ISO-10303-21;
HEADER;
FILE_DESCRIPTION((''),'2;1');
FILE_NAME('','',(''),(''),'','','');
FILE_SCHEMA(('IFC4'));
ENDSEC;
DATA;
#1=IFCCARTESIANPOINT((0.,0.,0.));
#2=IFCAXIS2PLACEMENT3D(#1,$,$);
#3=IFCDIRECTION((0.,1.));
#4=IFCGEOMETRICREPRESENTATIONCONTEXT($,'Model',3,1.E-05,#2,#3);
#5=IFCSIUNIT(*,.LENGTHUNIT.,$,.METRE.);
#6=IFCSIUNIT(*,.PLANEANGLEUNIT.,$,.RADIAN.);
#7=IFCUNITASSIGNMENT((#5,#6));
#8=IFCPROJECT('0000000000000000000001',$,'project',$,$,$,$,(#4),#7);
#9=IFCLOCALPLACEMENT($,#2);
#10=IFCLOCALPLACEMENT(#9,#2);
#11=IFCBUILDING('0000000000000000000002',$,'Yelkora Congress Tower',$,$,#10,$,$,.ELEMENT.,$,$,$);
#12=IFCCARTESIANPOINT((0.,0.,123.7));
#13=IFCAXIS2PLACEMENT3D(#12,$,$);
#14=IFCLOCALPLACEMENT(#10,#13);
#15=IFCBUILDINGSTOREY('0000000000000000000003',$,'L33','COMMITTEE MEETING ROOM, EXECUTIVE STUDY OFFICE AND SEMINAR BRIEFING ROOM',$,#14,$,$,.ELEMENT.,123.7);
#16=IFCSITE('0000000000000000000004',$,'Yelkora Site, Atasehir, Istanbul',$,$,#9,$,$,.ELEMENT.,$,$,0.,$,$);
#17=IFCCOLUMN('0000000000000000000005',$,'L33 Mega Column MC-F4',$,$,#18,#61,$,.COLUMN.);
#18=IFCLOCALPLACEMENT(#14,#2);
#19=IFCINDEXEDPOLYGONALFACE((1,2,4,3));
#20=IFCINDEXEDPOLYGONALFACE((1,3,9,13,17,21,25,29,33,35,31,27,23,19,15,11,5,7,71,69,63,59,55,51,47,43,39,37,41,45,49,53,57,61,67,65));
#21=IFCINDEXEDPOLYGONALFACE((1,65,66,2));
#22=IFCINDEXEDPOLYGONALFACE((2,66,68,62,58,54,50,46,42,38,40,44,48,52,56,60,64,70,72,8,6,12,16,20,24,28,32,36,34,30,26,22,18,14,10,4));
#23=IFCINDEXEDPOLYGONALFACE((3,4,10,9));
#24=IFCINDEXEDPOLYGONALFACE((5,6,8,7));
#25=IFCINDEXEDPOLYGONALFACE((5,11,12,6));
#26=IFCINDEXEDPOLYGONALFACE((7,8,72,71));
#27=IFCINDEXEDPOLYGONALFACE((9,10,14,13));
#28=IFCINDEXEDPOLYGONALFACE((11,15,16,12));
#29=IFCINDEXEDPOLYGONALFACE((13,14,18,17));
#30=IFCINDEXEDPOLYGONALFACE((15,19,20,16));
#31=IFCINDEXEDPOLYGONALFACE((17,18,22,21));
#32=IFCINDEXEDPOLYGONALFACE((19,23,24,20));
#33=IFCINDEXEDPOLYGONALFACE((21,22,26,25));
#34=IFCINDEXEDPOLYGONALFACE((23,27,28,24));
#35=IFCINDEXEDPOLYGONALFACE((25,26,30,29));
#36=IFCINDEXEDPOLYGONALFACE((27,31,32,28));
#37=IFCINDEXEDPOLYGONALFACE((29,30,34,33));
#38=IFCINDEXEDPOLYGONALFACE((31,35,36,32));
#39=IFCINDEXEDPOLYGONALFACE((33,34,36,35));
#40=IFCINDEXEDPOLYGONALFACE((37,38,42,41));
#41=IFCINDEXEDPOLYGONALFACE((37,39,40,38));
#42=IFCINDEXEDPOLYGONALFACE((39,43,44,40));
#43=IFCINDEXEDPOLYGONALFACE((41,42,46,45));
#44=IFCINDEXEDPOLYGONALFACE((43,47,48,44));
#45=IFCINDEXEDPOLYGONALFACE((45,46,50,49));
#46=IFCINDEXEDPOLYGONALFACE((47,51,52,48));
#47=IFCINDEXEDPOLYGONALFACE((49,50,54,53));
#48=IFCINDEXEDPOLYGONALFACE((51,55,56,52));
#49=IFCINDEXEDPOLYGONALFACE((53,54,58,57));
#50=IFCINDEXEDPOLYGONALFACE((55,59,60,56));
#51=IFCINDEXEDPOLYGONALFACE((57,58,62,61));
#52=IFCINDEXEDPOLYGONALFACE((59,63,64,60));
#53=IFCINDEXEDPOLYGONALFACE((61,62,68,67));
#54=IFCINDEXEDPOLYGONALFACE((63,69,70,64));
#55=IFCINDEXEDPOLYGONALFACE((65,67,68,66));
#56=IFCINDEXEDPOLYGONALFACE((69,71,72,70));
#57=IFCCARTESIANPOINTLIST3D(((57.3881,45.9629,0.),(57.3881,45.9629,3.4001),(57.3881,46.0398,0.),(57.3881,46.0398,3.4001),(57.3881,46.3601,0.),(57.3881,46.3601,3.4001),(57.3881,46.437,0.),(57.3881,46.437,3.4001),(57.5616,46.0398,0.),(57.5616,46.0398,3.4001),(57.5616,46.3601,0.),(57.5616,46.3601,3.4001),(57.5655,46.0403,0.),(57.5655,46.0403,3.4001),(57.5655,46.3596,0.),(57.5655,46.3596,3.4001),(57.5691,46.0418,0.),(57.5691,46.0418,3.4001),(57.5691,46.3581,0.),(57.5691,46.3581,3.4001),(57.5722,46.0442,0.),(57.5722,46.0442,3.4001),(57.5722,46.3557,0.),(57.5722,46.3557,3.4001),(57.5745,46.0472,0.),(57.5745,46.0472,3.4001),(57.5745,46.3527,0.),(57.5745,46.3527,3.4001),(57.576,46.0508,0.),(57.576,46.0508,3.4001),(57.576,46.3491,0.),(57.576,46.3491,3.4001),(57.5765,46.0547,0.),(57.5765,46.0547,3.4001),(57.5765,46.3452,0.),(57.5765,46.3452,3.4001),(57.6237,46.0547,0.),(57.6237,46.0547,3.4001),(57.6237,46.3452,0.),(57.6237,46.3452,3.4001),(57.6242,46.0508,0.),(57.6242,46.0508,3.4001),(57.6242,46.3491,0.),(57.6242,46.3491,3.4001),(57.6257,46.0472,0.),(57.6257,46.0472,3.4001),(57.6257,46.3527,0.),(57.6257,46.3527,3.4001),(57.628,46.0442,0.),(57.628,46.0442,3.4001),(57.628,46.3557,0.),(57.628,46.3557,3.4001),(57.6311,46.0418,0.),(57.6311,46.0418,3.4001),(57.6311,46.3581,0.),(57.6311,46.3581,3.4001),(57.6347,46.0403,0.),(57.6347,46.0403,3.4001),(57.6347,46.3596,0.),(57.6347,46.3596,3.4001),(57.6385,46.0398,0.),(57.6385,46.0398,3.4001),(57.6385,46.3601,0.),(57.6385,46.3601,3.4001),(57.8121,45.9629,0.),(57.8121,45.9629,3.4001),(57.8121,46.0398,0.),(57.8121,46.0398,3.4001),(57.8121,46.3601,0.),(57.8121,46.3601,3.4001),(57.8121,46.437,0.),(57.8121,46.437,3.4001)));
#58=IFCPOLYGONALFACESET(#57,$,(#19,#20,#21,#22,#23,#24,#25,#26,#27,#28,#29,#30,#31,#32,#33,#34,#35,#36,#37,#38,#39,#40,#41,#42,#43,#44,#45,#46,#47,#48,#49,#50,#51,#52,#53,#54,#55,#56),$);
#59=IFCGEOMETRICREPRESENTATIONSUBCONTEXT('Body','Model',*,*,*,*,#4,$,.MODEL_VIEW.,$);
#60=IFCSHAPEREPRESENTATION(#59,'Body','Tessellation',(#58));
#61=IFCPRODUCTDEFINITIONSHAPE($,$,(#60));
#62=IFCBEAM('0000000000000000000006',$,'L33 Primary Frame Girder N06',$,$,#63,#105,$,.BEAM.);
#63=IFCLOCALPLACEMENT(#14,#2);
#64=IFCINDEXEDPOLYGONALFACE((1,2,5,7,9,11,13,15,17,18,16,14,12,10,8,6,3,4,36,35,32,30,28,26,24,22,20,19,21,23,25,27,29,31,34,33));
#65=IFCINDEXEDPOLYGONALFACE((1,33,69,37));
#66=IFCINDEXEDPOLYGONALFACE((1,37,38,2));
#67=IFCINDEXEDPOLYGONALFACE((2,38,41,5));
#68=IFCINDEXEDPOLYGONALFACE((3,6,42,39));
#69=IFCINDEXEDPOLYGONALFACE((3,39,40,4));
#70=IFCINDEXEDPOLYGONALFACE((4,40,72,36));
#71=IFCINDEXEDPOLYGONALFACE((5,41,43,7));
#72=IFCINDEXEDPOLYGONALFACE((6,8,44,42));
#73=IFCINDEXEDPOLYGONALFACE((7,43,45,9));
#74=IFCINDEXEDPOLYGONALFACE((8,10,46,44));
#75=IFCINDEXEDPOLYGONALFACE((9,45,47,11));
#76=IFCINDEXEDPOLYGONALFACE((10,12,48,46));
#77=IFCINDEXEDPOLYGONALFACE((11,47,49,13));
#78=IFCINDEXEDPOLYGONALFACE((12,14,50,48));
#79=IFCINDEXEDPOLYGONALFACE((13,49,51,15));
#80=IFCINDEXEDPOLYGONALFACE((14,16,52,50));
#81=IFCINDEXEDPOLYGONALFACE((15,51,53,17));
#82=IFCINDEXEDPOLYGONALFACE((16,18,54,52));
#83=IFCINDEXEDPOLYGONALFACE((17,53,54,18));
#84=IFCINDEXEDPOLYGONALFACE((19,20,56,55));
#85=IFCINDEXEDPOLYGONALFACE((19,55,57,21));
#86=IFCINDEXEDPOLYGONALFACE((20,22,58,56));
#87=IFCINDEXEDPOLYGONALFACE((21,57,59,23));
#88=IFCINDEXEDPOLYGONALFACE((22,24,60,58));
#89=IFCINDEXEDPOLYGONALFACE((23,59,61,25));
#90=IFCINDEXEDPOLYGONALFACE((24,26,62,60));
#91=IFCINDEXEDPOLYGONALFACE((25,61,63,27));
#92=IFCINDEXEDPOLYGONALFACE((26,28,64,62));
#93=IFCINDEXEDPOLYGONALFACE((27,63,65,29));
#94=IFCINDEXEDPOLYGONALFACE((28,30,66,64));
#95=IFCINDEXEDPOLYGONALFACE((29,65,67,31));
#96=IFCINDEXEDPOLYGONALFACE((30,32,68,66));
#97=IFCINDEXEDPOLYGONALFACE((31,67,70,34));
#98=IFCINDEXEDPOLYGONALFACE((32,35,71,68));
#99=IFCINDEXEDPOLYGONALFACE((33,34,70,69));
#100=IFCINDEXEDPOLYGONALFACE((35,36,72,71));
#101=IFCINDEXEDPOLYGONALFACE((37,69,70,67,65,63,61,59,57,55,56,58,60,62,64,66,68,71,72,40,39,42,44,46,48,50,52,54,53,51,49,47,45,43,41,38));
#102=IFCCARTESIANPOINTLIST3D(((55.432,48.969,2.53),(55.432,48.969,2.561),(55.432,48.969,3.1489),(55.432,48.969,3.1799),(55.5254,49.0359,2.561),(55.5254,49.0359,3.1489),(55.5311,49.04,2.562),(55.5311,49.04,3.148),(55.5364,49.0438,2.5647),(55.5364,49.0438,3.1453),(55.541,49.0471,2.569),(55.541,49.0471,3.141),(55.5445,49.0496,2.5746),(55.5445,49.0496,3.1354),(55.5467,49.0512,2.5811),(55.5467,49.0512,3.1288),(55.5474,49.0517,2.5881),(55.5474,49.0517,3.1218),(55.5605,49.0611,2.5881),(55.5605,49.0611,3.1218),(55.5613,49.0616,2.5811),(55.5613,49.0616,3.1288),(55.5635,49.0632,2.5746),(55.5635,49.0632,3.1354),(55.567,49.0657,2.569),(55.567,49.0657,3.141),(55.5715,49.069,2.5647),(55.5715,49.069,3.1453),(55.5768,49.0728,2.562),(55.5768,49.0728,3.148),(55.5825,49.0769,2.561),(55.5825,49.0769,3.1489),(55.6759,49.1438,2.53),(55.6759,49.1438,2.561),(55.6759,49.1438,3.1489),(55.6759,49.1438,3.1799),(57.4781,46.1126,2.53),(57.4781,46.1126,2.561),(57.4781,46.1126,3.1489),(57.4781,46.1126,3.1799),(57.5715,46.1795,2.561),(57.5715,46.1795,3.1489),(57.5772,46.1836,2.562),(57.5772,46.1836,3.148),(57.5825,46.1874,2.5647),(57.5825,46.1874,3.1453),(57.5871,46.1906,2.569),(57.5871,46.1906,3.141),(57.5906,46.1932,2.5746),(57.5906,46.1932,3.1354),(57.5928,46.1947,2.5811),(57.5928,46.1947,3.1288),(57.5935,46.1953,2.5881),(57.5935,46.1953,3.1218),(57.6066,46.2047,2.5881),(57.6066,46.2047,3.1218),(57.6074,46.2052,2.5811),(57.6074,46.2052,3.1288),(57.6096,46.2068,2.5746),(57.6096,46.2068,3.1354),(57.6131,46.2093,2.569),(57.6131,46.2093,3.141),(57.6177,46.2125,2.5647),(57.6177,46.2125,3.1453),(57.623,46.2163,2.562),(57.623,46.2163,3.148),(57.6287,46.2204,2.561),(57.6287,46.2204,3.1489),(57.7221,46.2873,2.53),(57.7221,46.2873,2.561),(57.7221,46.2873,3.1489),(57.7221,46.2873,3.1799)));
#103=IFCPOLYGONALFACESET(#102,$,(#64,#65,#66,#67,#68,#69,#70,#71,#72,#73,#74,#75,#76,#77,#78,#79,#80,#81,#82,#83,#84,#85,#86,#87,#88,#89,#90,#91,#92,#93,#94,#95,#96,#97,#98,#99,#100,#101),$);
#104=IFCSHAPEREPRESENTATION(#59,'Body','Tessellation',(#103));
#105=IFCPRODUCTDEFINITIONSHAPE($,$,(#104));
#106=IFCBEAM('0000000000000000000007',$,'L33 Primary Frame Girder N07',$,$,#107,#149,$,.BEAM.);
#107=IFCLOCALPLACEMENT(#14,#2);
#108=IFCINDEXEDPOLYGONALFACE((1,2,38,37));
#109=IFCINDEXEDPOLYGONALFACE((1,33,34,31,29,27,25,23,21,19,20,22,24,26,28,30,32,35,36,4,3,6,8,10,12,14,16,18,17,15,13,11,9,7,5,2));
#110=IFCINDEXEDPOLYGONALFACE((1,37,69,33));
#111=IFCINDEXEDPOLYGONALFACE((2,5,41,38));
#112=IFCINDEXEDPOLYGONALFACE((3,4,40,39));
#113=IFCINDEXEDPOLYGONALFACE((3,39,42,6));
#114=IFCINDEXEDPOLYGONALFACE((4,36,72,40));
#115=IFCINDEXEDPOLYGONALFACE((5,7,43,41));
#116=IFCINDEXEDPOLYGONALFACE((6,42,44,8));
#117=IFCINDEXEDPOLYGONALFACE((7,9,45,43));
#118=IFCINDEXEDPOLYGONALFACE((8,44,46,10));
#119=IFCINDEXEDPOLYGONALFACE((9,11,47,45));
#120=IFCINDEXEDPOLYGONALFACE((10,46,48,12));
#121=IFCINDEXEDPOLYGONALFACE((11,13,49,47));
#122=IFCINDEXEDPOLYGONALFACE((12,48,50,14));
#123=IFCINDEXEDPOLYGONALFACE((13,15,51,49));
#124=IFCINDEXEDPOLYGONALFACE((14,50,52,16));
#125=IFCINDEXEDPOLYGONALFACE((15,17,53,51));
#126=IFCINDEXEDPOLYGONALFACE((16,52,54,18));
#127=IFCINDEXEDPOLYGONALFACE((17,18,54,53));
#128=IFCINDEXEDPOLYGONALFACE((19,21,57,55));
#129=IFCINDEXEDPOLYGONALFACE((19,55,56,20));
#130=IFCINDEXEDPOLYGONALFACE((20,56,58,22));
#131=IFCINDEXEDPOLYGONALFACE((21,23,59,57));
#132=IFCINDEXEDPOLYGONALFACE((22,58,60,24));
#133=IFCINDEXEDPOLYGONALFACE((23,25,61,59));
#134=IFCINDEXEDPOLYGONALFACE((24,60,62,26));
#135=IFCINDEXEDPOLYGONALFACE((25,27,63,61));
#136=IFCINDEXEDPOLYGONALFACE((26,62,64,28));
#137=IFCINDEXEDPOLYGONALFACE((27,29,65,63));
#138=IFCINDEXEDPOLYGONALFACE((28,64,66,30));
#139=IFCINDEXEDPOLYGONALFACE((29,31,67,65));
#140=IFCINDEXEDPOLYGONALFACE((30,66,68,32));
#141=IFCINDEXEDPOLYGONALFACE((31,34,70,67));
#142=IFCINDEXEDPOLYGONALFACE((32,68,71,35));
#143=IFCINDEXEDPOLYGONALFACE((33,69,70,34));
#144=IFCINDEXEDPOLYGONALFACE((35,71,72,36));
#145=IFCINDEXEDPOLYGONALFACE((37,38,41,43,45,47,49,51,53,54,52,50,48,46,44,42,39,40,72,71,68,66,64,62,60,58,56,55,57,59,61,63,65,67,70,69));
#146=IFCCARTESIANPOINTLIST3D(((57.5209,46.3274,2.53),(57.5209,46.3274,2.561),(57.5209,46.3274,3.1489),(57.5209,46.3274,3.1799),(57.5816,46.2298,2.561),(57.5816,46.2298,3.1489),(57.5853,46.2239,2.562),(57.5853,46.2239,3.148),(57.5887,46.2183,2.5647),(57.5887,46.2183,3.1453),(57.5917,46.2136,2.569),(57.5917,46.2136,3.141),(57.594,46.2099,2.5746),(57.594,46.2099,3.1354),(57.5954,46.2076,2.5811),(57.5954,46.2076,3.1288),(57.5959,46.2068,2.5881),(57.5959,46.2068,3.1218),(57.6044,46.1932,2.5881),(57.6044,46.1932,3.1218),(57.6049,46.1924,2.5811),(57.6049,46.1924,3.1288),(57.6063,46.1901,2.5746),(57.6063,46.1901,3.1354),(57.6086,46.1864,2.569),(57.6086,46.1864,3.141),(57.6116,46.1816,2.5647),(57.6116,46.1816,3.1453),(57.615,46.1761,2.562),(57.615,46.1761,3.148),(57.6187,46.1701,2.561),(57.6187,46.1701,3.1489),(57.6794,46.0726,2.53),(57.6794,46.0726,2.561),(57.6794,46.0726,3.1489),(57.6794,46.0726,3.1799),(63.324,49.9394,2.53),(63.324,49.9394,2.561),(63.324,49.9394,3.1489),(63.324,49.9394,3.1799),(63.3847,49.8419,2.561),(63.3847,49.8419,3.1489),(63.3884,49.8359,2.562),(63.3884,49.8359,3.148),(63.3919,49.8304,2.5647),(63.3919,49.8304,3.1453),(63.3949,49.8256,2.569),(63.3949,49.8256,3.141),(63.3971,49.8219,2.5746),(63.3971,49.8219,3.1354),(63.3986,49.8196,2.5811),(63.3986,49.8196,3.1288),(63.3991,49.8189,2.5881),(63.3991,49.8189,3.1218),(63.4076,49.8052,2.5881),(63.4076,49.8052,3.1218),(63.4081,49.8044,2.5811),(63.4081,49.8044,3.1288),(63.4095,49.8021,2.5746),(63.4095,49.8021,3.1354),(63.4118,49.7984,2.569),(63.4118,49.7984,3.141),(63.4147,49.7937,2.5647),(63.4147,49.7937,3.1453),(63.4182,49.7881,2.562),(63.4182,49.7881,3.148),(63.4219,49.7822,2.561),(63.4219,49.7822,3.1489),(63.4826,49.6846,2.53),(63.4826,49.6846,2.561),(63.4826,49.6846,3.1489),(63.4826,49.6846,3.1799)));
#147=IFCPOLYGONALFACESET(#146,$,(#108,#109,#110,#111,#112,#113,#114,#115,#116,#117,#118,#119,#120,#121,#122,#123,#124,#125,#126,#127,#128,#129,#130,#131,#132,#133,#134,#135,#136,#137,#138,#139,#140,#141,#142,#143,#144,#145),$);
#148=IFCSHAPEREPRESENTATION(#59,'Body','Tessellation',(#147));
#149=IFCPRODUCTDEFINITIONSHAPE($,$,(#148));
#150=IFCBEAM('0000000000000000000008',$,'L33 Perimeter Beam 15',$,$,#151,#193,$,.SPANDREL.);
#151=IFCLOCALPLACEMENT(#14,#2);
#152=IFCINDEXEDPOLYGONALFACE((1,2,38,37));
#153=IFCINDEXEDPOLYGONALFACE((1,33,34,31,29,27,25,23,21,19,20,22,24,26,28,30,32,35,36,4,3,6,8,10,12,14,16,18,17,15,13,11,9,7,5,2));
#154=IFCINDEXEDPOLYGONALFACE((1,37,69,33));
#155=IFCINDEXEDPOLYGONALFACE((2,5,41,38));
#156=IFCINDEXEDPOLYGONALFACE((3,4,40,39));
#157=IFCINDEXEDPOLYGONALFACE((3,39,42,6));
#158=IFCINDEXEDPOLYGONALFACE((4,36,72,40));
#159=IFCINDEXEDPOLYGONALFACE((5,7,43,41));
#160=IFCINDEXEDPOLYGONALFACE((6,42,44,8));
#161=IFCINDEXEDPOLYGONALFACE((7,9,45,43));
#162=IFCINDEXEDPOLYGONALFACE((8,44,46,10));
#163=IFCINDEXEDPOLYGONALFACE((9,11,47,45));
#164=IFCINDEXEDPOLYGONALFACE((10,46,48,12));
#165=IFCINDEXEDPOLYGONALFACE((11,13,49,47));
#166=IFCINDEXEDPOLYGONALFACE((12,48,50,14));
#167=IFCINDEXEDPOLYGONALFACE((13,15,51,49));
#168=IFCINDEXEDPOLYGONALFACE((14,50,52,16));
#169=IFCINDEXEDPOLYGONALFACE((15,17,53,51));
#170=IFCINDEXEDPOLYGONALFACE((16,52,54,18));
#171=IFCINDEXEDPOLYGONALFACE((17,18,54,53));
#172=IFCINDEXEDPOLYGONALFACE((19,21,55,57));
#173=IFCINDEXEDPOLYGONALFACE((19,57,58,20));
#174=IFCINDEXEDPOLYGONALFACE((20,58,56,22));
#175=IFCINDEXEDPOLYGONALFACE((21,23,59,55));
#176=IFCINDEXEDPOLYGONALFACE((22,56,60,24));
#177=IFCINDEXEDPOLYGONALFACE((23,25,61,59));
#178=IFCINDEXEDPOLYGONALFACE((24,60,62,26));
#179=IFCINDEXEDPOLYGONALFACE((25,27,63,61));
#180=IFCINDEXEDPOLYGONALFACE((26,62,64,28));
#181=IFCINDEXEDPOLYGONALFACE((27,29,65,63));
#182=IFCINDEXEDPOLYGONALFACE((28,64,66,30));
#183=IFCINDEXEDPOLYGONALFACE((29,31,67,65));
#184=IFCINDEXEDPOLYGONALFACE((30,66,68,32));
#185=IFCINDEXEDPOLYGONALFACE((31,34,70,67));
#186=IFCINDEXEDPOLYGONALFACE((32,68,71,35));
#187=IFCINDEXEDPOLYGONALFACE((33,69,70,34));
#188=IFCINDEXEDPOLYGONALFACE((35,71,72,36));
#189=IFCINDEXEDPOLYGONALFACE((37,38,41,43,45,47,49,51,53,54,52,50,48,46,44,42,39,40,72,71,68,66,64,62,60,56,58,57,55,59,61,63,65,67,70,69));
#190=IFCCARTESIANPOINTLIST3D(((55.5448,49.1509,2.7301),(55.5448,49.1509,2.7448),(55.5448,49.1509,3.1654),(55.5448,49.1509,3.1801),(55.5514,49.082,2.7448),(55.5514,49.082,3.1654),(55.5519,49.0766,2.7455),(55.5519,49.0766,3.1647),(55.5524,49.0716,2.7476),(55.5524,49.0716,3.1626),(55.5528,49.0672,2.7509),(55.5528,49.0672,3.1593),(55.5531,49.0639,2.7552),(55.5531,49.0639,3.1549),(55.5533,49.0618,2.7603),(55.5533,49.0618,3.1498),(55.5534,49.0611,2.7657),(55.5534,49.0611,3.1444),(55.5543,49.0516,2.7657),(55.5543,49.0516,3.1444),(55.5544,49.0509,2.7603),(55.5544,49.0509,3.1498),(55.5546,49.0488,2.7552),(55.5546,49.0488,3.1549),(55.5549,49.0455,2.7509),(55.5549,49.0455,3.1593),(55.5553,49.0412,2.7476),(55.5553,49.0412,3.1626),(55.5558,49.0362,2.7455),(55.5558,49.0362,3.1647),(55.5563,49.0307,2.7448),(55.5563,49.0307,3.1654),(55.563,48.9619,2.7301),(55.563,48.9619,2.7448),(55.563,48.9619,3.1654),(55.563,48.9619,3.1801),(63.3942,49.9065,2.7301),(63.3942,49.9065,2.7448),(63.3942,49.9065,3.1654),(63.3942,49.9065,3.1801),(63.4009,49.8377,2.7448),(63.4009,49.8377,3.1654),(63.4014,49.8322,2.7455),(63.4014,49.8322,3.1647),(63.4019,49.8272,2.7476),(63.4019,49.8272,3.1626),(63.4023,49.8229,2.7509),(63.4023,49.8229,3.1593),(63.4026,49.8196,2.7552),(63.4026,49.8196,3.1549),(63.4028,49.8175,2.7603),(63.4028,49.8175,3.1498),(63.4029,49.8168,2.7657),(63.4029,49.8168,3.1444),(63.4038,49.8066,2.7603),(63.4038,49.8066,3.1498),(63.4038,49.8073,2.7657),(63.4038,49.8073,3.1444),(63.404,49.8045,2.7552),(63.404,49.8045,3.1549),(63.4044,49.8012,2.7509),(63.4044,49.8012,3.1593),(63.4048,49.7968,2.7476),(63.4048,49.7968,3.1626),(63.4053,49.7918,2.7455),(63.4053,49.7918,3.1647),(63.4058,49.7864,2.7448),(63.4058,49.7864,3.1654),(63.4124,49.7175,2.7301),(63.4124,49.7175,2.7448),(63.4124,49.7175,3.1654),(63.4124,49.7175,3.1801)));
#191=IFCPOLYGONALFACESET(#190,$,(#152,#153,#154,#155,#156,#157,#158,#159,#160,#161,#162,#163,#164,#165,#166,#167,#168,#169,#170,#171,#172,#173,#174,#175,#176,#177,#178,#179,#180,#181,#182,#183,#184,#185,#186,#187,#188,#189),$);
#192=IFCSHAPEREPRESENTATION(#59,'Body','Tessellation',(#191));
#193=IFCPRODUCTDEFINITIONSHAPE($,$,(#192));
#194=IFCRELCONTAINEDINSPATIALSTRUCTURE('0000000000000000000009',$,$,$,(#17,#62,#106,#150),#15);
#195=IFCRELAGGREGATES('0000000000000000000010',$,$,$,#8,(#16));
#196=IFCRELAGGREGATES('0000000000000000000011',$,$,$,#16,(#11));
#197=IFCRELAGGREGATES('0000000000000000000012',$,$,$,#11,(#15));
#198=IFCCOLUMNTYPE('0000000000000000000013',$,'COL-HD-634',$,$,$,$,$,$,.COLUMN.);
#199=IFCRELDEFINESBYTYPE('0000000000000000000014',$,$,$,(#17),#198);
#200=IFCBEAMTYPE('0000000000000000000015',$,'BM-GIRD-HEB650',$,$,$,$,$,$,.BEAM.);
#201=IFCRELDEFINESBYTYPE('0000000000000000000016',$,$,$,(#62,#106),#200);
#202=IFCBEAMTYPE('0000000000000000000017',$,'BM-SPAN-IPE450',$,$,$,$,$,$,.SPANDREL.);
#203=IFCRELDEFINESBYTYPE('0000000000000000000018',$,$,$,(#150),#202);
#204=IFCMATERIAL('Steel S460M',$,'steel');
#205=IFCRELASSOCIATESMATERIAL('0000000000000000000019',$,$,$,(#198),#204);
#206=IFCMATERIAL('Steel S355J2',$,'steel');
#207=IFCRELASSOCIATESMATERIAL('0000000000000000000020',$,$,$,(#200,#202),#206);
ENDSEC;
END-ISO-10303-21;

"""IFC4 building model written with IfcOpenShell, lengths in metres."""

from ifc_helpers import new_model, si_unit, direction, frame, origin, origin_2d, place, context, subcontext, project, spatial, i_section, extrude, material, material_profile, profile_set, type_object, element, save


model = new_model("IFC4")

# Units and contexts
model_context = context("Model", 3, precision=1e-05, world=origin(), true_north=direction((0.0, 1.0)))
body_context = subcontext(model_context, "Body", "Model", "MODEL_VIEW")
ifc_project = project(units=[si_unit("LENGTHUNIT", "METRE"), si_unit("PLANEANGLEUNIT", "RADIAN")], contexts=[model_context])

# Site, building, storey
site_placement = place(None, origin())
site = spatial("IfcSite", under=ifc_project, at=site_placement, Name="Yelkora Site, Atasehir, Istanbul", CompositionType="ELEMENT", RefElevation=0.0)
building_placement = place(site_placement, origin())
building = spatial("IfcBuilding", under=site, at=building_placement, Name="Yelkora Congress Tower", CompositionType="ELEMENT")
storey_placement = place(building_placement, frame((0.0, 0.0, 123.7)))
storey = spatial("IfcBuildingStorey", under=building, at=storey_placement, Name="L33", Description="COMMITTEE MEETING ROOM, EXECUTIVE STUDY OFFICE AND SEMINAR BRIEFING ROOM", CompositionType="ELEMENT", Elevation=123.7)

# Column
ifc_material_1 = material(Name="Steel S460M", Category="steel")
ifc_material_profile_1 = material_profile(ifc_material_1, i_section(OverallWidth=0.4241, OverallDepth=0.4741, WebThickness=0.0471, FlangeThickness=0.0769, FilletRadius=0.0149, at=origin_2d()), Name="HD 400x634")
ifc_profile_set_1 = profile_set([ifc_material_profile_1], Name="Steel S460M")
column_type_1 = type_object("IfcColumnType", Name="COL-HD-634", PredefinedType="COLUMN", material=ifc_profile_set_1)
for number, where, z_axis, x_axis, name in (
    (1, (57.6001, 46.2, 0.0), (0.0, 0.0, 1.0), (1.0, 0.0, 0.0), "L33 Mega Column MC-F4"),
):
    element("IfcColumn", number, at=place(storey_placement, frame(where, z_axis=z_axis, x_axis=x_axis)), inside=storey, type_object=column_type_1, Name=name, PredefinedType="COLUMN", context=body_context, shape_type="SweptSolid", body=[
        extrude(i_section(OverallWidth=0.4241, OverallDepth=0.4741, WebThickness=0.0471, FlangeThickness=0.0769, FilletRadius=0.0149, at=origin_2d()), origin(), (0.0, 0.0, 1.0), 3.4001),
    ])

# Beams
ifc_material_2 = material(Name="Steel S355J2", Category="steel")
ifc_material_profile_2 = material_profile(ifc_material_2, i_section(OverallWidth=0.3, OverallDepth=0.6499, WebThickness=0.0161, FlangeThickness=0.031, FilletRadius=0.0271, at=origin_2d()), Name="HEB 650")
ifc_profile_set_2 = profile_set([ifc_material_profile_2], Name="Steel S355J2")
beam_type_1 = type_object("IfcBeamType", Name="BM-GIRD-HEB650", PredefinedType="BEAM", material=ifc_profile_set_2)
beam_1_placement = place(storey_placement, frame((55.554, 49.0564, 2.855), z_axis=(0.582335, -0.812949, 0.0), x_axis=(0.812949, 0.582335, 0.0)))
element("IfcBeam", 2, at=beam_1_placement, inside=storey, type_object=beam_type_1, Name="L33 Primary Frame Girder N06", PredefinedType="BEAM", context=body_context, shape_type="SweptSolid", body=[
    extrude(i_section(OverallWidth=0.3, OverallDepth=0.6499, WebThickness=0.0161, FlangeThickness=0.031, FilletRadius=0.0271, at=origin_2d()), origin(), (0.0, 0.0, 1.0), 3.5137),
])
beam_2_placement = place(storey_placement, frame((63.4033, 49.812, 2.855), z_axis=(-0.84898, -0.528425, 0.0), x_axis=(0.528425, -0.84898, 0.0)))
element("IfcBeam", 3, at=beam_2_placement, inside=storey, type_object=beam_type_1, Name="L33 Primary Frame Girder N07", PredefinedType="BEAM", context=body_context, shape_type="SweptSolid", body=[
    extrude(i_section(OverallWidth=0.3, OverallDepth=0.6499, WebThickness=0.0161, FlangeThickness=0.031, FilletRadius=0.0271, at=origin_2d()), origin(), (0.0, 0.0, 1.0), 6.8354),
])
ifc_material_profile_3 = material_profile(ifc_material_2, i_section(OverallWidth=0.1899, OverallDepth=0.45, WebThickness=0.0095, FlangeThickness=0.0146, FilletRadius=0.021, at=origin_2d()), Name="IPE 450")
ifc_profile_set_3 = profile_set([ifc_material_profile_3], Name="Steel S355J2")
beam_type_2 = type_object("IfcBeamType", Name="BM-SPAN-IPE450", PredefinedType="SPANDREL", material=ifc_profile_set_3)
for number, where, z_axis, x_axis, name in (
    (4, (63.4033, 49.812, 2.9551), (-0.995399, -0.095822, 0.0), (0.095822, -0.995399, 0.0), "L33 Perimeter Beam 15"),
):
    element("IfcBeam", number, at=place(storey_placement, frame(where, z_axis=z_axis, x_axis=x_axis)), inside=storey, type_object=beam_type_2, Name=name, PredefinedType="SPANDREL", context=body_context, shape_type="SweptSolid", body=[
        extrude(i_section(OverallWidth=0.1899, OverallDepth=0.45, WebThickness=0.0095, FlangeThickness=0.0146, FilletRadius=0.021, at=origin_2d()), origin(), (0.0, 0.0, 1.0), 7.8857),
    ])

save(model, "model.ifc")
